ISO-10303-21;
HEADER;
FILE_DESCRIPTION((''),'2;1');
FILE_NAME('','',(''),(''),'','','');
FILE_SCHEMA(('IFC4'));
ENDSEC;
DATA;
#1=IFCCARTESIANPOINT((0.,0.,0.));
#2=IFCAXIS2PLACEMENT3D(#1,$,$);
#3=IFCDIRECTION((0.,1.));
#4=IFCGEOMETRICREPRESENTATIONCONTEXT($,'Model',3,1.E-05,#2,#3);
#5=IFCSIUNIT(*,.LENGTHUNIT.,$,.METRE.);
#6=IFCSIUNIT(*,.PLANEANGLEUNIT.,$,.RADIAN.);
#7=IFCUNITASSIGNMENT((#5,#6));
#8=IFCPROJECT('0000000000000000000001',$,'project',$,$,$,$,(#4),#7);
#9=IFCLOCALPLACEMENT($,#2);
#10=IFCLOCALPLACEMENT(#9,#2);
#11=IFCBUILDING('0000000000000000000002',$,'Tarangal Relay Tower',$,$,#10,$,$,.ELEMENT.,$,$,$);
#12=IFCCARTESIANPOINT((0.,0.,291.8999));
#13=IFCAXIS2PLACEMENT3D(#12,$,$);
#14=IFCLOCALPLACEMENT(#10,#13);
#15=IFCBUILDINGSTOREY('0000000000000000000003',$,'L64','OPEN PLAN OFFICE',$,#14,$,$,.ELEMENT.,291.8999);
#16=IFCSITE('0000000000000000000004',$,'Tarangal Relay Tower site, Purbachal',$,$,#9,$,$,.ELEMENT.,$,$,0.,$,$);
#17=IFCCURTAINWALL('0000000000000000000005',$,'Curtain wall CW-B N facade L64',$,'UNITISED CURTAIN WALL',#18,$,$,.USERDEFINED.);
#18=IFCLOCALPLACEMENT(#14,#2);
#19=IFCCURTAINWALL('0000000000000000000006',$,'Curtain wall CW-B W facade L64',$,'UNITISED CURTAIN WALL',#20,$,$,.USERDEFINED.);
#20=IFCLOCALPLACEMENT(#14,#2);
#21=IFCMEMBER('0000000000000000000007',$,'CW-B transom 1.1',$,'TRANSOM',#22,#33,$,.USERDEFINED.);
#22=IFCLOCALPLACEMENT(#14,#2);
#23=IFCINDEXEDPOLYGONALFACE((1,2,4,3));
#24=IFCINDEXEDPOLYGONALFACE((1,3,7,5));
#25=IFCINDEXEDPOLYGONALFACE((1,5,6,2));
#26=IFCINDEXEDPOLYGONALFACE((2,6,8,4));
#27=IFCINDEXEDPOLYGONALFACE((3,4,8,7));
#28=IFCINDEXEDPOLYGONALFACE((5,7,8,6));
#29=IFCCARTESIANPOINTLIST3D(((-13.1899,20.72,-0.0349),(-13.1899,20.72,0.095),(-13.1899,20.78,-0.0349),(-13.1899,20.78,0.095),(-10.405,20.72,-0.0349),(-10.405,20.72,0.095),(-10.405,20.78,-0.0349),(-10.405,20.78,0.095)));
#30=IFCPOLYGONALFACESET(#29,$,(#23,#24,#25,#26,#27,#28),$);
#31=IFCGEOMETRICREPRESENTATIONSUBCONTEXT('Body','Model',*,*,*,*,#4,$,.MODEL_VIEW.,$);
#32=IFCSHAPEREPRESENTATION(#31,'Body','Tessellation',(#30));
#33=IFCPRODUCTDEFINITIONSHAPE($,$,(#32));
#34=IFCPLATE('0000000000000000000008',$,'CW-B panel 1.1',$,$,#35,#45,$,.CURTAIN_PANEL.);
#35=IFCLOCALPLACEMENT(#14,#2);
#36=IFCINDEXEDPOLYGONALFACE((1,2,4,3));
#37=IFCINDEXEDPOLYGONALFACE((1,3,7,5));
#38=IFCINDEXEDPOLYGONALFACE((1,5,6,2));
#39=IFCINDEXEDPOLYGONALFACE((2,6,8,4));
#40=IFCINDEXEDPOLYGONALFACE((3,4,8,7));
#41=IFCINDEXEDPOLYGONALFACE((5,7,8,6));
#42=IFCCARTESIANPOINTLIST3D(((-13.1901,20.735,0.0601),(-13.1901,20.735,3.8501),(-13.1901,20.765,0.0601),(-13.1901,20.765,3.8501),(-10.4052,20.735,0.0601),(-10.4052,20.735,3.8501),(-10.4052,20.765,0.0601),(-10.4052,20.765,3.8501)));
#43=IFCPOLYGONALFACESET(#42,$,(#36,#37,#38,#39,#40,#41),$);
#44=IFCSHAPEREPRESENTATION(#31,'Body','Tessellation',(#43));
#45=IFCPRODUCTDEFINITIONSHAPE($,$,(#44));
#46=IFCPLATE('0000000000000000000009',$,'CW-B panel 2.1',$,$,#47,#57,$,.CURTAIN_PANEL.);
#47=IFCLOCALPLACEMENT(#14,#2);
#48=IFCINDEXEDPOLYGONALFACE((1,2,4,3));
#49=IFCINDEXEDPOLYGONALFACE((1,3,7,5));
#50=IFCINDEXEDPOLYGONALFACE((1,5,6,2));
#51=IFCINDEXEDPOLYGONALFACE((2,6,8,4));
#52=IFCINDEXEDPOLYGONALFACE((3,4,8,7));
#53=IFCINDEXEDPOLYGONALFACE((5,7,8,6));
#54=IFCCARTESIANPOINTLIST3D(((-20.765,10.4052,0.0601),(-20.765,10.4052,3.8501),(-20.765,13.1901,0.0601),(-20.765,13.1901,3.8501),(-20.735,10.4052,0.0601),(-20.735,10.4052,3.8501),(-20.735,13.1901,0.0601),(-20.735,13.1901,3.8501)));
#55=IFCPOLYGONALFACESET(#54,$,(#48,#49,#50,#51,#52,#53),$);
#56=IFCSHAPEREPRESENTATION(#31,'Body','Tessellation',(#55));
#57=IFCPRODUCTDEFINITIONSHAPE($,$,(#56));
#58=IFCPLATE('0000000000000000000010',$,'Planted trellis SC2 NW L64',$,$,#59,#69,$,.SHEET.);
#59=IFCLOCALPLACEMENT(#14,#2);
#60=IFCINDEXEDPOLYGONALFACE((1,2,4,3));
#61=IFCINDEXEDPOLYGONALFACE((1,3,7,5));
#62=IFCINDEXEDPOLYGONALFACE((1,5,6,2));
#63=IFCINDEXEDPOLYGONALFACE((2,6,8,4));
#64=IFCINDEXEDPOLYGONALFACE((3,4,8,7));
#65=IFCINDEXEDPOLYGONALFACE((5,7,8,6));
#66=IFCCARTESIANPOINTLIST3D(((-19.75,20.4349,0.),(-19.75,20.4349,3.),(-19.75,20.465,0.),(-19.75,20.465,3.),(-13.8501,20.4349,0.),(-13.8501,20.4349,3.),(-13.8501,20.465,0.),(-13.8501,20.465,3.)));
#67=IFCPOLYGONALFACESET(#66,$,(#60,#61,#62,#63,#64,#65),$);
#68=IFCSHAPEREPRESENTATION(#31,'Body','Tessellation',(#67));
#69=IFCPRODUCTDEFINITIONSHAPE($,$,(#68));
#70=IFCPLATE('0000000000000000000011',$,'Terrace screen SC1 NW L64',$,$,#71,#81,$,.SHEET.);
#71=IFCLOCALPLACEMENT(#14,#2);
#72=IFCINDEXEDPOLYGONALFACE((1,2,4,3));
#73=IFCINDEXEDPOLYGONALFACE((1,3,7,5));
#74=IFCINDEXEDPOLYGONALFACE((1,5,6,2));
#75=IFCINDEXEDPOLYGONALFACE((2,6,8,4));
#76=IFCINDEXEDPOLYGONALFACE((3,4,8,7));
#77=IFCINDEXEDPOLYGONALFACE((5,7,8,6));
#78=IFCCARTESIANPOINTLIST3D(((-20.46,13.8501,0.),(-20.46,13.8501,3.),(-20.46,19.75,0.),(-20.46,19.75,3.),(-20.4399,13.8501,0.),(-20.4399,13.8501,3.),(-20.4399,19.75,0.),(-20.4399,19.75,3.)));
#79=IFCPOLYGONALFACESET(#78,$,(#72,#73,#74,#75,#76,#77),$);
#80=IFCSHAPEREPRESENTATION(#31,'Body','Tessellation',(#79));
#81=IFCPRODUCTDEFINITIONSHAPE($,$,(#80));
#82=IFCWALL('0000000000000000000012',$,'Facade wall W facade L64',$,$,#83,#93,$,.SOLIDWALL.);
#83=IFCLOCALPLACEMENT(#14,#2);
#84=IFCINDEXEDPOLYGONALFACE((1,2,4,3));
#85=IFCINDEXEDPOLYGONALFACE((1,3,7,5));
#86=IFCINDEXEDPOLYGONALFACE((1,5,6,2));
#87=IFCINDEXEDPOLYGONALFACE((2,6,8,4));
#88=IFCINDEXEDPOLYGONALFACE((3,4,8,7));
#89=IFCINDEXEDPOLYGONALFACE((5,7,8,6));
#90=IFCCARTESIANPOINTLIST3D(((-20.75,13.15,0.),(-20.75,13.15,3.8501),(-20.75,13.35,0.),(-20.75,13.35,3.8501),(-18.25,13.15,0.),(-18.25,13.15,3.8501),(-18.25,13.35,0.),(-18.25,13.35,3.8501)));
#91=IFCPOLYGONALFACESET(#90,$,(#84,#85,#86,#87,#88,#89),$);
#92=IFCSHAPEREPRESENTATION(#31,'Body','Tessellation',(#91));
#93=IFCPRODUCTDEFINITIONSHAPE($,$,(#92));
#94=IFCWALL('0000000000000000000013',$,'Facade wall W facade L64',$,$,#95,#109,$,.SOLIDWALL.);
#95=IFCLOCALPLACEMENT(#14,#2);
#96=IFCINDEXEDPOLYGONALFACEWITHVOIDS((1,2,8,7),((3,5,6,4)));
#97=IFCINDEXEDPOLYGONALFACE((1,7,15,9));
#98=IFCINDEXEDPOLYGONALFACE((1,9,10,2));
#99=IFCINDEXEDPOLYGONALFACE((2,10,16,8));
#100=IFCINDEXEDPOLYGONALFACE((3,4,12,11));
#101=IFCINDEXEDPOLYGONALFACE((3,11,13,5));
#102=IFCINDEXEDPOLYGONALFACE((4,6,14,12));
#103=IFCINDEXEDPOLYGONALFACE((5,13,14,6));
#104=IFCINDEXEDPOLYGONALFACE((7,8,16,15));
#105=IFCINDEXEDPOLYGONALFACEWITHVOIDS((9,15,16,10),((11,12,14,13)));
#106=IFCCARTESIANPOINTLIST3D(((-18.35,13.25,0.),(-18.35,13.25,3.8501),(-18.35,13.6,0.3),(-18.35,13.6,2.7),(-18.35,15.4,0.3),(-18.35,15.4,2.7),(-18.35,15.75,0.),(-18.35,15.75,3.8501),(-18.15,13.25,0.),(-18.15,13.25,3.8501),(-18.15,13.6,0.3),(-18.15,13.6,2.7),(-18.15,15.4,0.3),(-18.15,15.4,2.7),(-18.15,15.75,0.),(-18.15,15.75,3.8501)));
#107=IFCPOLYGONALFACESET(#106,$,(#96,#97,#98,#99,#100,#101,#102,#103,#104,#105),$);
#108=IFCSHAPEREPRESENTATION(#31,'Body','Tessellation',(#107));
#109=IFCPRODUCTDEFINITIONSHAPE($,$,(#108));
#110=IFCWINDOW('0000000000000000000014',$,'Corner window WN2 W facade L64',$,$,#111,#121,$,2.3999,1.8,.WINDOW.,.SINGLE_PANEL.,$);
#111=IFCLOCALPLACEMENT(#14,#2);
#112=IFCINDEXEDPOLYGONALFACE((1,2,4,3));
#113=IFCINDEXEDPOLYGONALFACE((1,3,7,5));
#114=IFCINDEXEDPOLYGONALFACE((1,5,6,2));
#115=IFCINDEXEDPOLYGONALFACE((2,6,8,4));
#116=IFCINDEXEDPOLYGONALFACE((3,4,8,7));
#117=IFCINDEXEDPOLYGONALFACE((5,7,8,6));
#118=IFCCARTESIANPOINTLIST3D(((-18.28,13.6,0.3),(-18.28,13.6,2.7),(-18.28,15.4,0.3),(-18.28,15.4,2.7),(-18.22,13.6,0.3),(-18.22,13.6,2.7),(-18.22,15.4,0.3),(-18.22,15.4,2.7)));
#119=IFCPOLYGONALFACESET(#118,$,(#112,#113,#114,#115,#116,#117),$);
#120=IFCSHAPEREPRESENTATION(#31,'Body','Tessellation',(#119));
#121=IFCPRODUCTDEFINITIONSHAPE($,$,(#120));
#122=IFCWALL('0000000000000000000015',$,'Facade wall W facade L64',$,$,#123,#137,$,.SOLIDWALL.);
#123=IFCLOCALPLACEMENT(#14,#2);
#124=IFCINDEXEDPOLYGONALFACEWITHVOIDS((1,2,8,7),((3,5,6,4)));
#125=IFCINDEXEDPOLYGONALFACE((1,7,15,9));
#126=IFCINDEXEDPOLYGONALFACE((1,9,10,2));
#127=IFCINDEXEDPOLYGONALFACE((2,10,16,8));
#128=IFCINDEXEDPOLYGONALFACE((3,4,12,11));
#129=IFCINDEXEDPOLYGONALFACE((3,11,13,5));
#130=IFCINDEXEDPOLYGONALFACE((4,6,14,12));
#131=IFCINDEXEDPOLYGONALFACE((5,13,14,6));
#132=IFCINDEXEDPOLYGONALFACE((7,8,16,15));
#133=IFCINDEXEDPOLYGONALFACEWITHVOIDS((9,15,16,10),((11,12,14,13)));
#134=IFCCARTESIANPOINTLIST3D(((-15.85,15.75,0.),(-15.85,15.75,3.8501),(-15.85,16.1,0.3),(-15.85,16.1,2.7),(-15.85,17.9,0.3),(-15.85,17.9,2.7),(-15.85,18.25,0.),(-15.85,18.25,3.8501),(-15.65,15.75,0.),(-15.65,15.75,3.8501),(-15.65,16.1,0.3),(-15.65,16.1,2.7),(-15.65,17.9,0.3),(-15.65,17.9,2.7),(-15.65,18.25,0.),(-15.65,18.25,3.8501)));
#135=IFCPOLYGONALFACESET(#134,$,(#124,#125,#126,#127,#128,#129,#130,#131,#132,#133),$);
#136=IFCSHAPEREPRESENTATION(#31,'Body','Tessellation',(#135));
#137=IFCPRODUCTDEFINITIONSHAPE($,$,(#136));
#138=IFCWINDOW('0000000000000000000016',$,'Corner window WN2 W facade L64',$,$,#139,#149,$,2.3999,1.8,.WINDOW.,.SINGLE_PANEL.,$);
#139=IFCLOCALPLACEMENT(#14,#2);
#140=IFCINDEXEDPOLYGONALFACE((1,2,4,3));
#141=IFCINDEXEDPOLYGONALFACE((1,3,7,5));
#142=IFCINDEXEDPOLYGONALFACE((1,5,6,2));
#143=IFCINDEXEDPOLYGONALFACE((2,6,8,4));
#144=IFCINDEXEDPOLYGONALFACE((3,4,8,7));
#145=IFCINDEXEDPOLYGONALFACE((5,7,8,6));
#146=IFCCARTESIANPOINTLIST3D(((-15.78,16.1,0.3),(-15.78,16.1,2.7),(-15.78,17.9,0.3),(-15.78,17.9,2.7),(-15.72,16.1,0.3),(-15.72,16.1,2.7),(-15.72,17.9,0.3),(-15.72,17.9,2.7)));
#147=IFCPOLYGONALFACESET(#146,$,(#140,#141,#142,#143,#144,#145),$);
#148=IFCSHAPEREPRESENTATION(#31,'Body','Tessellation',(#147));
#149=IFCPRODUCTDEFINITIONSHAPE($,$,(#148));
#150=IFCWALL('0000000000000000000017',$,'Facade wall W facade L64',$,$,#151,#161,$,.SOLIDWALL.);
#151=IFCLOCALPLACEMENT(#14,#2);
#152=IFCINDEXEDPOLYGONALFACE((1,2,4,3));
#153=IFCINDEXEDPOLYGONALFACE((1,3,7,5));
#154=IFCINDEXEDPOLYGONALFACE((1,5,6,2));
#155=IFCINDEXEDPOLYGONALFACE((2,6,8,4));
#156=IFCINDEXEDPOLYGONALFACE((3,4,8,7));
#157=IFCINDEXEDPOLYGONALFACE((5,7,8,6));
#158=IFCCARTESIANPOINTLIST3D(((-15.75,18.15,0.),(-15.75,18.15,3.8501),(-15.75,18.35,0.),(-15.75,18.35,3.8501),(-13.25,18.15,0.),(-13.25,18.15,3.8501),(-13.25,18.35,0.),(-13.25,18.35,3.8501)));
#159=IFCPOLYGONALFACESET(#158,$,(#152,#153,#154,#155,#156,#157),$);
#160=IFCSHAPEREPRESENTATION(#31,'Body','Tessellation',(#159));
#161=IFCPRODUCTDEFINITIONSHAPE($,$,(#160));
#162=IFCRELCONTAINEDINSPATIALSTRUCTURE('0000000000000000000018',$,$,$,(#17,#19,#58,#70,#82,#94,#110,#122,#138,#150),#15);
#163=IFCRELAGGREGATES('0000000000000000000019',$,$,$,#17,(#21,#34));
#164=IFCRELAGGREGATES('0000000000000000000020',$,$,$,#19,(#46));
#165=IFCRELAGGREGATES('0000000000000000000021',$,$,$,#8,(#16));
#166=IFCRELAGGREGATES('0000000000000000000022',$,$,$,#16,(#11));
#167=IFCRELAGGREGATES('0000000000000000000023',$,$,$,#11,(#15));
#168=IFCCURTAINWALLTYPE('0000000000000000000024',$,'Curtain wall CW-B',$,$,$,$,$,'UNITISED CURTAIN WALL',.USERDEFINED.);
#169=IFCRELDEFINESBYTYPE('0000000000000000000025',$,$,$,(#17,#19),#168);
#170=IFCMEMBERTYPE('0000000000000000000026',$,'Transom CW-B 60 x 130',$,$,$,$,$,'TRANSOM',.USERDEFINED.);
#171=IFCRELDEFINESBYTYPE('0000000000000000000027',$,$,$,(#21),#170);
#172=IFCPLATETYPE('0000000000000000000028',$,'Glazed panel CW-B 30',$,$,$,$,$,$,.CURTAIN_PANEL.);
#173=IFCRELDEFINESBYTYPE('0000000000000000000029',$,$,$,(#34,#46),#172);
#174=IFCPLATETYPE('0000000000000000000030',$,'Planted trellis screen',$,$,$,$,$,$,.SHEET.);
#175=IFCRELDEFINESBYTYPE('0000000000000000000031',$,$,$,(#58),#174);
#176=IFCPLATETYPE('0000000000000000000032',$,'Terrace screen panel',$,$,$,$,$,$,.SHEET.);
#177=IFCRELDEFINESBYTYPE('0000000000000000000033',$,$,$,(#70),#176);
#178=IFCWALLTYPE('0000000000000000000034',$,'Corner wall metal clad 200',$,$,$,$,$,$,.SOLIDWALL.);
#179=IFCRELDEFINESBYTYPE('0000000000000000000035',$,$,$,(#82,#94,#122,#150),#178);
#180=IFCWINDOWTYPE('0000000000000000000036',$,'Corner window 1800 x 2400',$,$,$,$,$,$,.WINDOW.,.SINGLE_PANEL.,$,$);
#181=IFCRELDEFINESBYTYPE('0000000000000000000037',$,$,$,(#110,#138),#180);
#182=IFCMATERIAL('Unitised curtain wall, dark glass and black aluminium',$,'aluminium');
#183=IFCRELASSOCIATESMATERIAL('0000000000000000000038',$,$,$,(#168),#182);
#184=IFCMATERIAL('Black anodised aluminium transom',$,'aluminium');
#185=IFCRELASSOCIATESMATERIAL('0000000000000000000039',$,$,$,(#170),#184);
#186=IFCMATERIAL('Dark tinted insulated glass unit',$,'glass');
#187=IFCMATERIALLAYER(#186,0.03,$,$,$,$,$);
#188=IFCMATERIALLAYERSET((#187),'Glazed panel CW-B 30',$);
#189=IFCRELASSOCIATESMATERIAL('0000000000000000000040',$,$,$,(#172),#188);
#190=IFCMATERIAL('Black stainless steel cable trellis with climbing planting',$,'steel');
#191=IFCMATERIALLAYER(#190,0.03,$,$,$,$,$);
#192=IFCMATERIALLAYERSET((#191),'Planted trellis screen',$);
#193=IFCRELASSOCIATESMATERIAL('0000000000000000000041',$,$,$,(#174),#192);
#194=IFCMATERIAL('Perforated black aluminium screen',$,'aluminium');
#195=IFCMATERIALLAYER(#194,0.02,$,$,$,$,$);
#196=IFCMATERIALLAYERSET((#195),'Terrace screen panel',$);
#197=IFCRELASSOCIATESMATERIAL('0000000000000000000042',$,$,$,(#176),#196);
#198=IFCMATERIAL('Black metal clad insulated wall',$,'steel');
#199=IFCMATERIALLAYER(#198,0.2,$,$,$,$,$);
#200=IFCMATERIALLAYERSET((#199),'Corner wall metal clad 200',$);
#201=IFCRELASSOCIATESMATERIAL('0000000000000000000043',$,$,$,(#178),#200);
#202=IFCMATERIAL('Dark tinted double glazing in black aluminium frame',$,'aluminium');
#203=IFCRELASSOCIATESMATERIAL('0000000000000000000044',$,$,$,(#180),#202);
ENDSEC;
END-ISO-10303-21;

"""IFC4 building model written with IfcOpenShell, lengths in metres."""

from ifc_helpers import new_model, si_unit, direction, frame, frame_2d, origin, origin_2d, place, context, subcontext, project, spatial, rectangle, extrude, material, layer, layer_set, material_profile, profile_set, type_object, element, fill, aggregate, save


model = new_model("IFC4")

# Units and contexts
model_context = context("Model", 3, precision=1e-05, world=origin(), true_north=direction((0.0, 1.0)))
body_context = subcontext(model_context, "Body", "Model", "MODEL_VIEW")
ifc_project = project(units=[si_unit("LENGTHUNIT", "METRE"), si_unit("PLANEANGLEUNIT", "RADIAN")], contexts=[model_context])

# Site, building, storey
site_placement = place(None, origin())
site = spatial("IfcSite", under=ifc_project, at=site_placement, Name="Tarangal Relay Tower site, Purbachal", CompositionType="ELEMENT", RefElevation=0.0)
building_placement = place(site_placement, origin())
building = spatial("IfcBuilding", under=site, at=building_placement, Name="Tarangal Relay Tower", CompositionType="ELEMENT")
storey_placement = place(building_placement, frame((0.0, 0.0, 291.8999)))
storey = spatial("IfcBuildingStorey", under=building, at=storey_placement, Name="L64", Description="OPEN PLAN OFFICE", CompositionType="ELEMENT", Elevation=291.8999)

# Curtain walls
ifc_material_1 = material(Name="Unitised curtain wall, dark glass and black aluminium", Category="aluminium")
curtain_wall_type = type_object("IfcCurtainWallType", Name="Curtain wall CW-B", ElementType="UNITISED CURTAIN WALL", PredefinedType="USERDEFINED", material=ifc_material_1)
curtain_wall_1_placement = place(storey_placement, origin())
curtain_wall_1 = element("IfcCurtainWall", 1, at=curtain_wall_1_placement, inside=storey, type_object=curtain_wall_type, Name="Curtain wall CW-B N facade L64", ObjectType="UNITISED CURTAIN WALL", PredefinedType="USERDEFINED")
curtain_wall_2_placement = place(storey_placement, origin())
curtain_wall_2 = element("IfcCurtainWall", 2, at=curtain_wall_2_placement, inside=storey, type_object=curtain_wall_type, Name="Curtain wall CW-B W facade L64", ObjectType="UNITISED CURTAIN WALL", PredefinedType="USERDEFINED")

# Member
ifc_material_2 = material(Name="Black anodised aluminium transom", Category="aluminium")
ifc_material_profile_1 = material_profile(ifc_material_2, rectangle(XDim=0.0601, YDim=0.1299, at=origin_2d()), Name="CW-BT 60X130")
ifc_profile_set_1 = profile_set([ifc_material_profile_1], Name="Black anodised aluminium transom")
member_type_1 = type_object("IfcMemberType", Name="Transom CW-B 60 x 130", ElementType="TRANSOM", PredefinedType="USERDEFINED", material=ifc_profile_set_1)
member_1_placement = place(storey_placement, frame((-13.1899, 20.75, 0.03), z_axis=(1.0, 0.0, 0.0), x_axis=(0.0, 1.0, 0.0)))
member_1 = element("IfcMember", 3, at=member_1_placement, type_object=member_type_1, Name="CW-B transom 1.1", ObjectType="TRANSOM", PredefinedType="USERDEFINED", context=body_context, shape_type="SweptSolid", body=[
    extrude(rectangle(XDim=0.0601, YDim=0.1299, at=origin_2d()), origin(), (0.0, 0.0, 1.0), 2.7849),
])

# Plates
ifc_material_3 = material(Name="Dark tinted insulated glass unit", Category="glass")
ifc_layer_1 = layer(ifc_material_3, 0.03)
ifc_layer_set_1 = layer_set([ifc_layer_1], Name="Glazed panel CW-B 30")
plate_type_1 = type_object("IfcPlateType", Name="Glazed panel CW-B 30", PredefinedType="CURTAIN_PANEL", material=ifc_layer_set_1)
plate_1_placement = place(storey_placement, frame((-11.7976, 20.75, 0.0601), z_axis=(0.0, 0.0, 1.0), x_axis=(1.0, 0.0, 0.0)))
plate_1 = element("IfcPlate", 4, at=plate_1_placement, type_object=plate_type_1, Name="CW-B panel 1.1", PredefinedType="CURTAIN_PANEL", context=body_context, shape_type="SweptSolid", body=[
    extrude(rectangle(XDim=2.7849, YDim=0.03, at=origin_2d()), origin(), (0.0, 0.0, 1.0), 3.79),
])
aggregate(curtain_wall_1, [member_1, plate_1])
plate_2_placement = place(storey_placement, frame((-20.75, 11.7976, 0.0601), z_axis=(0.0, 0.0, 1.0), x_axis=(0.0, 1.0, 0.0)))
plate_2 = element("IfcPlate", 5, at=plate_2_placement, type_object=plate_type_1, Name="CW-B panel 2.1", PredefinedType="CURTAIN_PANEL", context=body_context, shape_type="SweptSolid", body=[
    extrude(rectangle(XDim=2.7849, YDim=0.03, at=origin_2d()), origin(), (0.0, 0.0, 1.0), 3.79),
])
aggregate(curtain_wall_2, [plate_2])

# Plates
ifc_material_4 = material(Name="Black stainless steel cable trellis with climbing planting", Category="steel")
ifc_layer_2 = layer(ifc_material_4, 0.03)
ifc_layer_set_2 = layer_set([ifc_layer_2], Name="Planted trellis screen")
plate_type_2 = type_object("IfcPlateType", Name="Planted trellis screen", PredefinedType="SHEET", material=ifc_layer_set_2)
plate_3_placement = place(storey_placement, frame((-16.8, 20.45, 0.0), z_axis=(0.0, 0.0, 1.0), x_axis=(1.0, 0.0, 0.0)))
element("IfcPlate", 6, at=plate_3_placement, inside=storey, type_object=plate_type_2, Name="Planted trellis SC2 NW L64", PredefinedType="SHEET", context=body_context, shape_type="SweptSolid", body=[
    extrude(rectangle(XDim=5.8999, YDim=0.03, at=origin_2d()), origin(), (0.0, 0.0, 1.0), 3.0),
])
ifc_material_5 = material(Name="Perforated black aluminium screen", Category="aluminium")
ifc_layer_3 = layer(ifc_material_5, 0.02)
ifc_layer_set_3 = layer_set([ifc_layer_3], Name="Terrace screen panel")
plate_type_3 = type_object("IfcPlateType", Name="Terrace screen panel", PredefinedType="SHEET", material=ifc_layer_set_3)
plate_4_placement = place(storey_placement, frame((-20.45, 16.8, 0.0), z_axis=(0.0, 0.0, 1.0), x_axis=(0.0, 1.0, 0.0)))
element("IfcPlate", 7, at=plate_4_placement, inside=storey, type_object=plate_type_3, Name="Terrace screen SC1 NW L64", PredefinedType="SHEET", context=body_context, shape_type="SweptSolid", body=[
    extrude(rectangle(XDim=5.8999, YDim=0.02, at=origin_2d()), origin(), (0.0, 0.0, 1.0), 3.0),
])

# Wall
ifc_material_6 = material(Name="Black metal clad insulated wall", Category="steel")
ifc_layer_4 = layer(ifc_material_6, 0.2)
ifc_layer_set_4 = layer_set([ifc_layer_4], Name="Corner wall metal clad 200")
wall_type_1 = type_object("IfcWallType", Name="Corner wall metal clad 200", PredefinedType="SOLIDWALL", material=ifc_layer_set_4)
wall_1_placement = place(storey_placement, frame((-20.75, 13.25, 0.0), z_axis=(0.0, 0.0, 1.0), x_axis=(1.0, 0.0, 0.0)))
element("IfcWall", 8, at=wall_1_placement, inside=storey, type_object=wall_type_1, Name="Facade wall W facade L64", PredefinedType="SOLIDWALL", context=body_context, shape_type="SweptSolid", body=[
    extrude(rectangle(XDim=2.5, YDim=0.2, at=frame_2d((1.25, 0.0))), origin(), (0.0, 0.0, 1.0), 3.8501),
])

# Wall, opening, window
wall_2_placement = place(storey_placement, frame((-18.25, 13.25, 0.0), z_axis=(0.0, 0.0, 1.0), x_axis=(0.0, 1.0, 0.0)))
wall_2 = element("IfcWall", 9, at=wall_2_placement, inside=storey, type_object=wall_type_1, Name="Facade wall W facade L64", PredefinedType="SOLIDWALL", context=body_context, shape_type="SweptSolid", body=[
    extrude(rectangle(XDim=2.5, YDim=0.2, at=frame_2d((1.25, 0.0))), origin(), (0.0, 0.0, 1.0), 3.8501),
])
opening_1_placement = place(wall_2_placement, frame((0.3501, 0.0, 0.3)))
opening_1 = element("IfcOpeningElement", 10, at=opening_1_placement, cuts=wall_2, PredefinedType="OPENING", context=body_context, shape_type="SweptSolid", body=[
    extrude(rectangle(XDim=1.8, YDim=2.3999, at=frame_2d((0.8999, 1.2))), frame((0.0, 0.1099, 0.0), z_axis=(0.0, -1.0, 0.0), x_axis=(1.0, 0.0, 0.0)), (0.0, 0.0, 1.0), 0.22),
])
ifc_material_7 = material(Name="Dark tinted double glazing in black aluminium frame", Category="aluminium")
window_type = type_object("IfcWindowType", Name="Corner window 1800 x 2400", PartitioningType="SINGLE_PANEL", PredefinedType="WINDOW", material=ifc_material_7)
window_1_placement = place(opening_1_placement, origin())
window_1 = element("IfcWindow", 11, at=window_1_placement, inside=storey, type_object=window_type, Name="Corner window WN2 W facade L64", OverallHeight=2.3999, OverallWidth=1.8, PartitioningType="SINGLE_PANEL", PredefinedType="WINDOW", context=body_context, shape_type="SweptSolid", body=[
    extrude(rectangle(XDim=1.8, YDim=2.3999, at=frame_2d((0.8999, 1.2))), frame((0.0, 0.03, 0.0), z_axis=(0.0, -1.0, 0.0), x_axis=(1.0, 0.0, 0.0)), (0.0, 0.0, 1.0), 0.0601),
])
fill(opening_1, window_1)

# Wall, opening, window
wall_3_placement = place(storey_placement, frame((-15.75, 15.75, 0.0), z_axis=(0.0, 0.0, 1.0), x_axis=(0.0, 1.0, 0.0)))
wall_3 = element("IfcWall", 12, at=wall_3_placement, inside=storey, type_object=wall_type_1, Name="Facade wall W facade L64", PredefinedType="SOLIDWALL", context=body_context, shape_type="SweptSolid", body=[
    extrude(rectangle(XDim=2.5, YDim=0.2, at=frame_2d((1.25, 0.0))), origin(), (0.0, 0.0, 1.0), 3.8501),
])
opening_2_placement = place(wall_3_placement, frame((0.3501, 0.0, 0.3)))
opening_2 = element("IfcOpeningElement", 13, at=opening_2_placement, cuts=wall_3, PredefinedType="OPENING", context=body_context, shape_type="SweptSolid", body=[
    extrude(rectangle(XDim=1.8, YDim=2.3999, at=frame_2d((0.8999, 1.2))), frame((0.0, 0.1099, 0.0), z_axis=(0.0, -1.0, 0.0), x_axis=(1.0, 0.0, 0.0)), (0.0, 0.0, 1.0), 0.22),
])
window_2_placement = place(opening_2_placement, origin())
window_2 = element("IfcWindow", 14, at=window_2_placement, inside=storey, type_object=window_type, Name="Corner window WN2 W facade L64", OverallHeight=2.3999, OverallWidth=1.8, PartitioningType="SINGLE_PANEL", PredefinedType="WINDOW", context=body_context, shape_type="SweptSolid", body=[
    extrude(rectangle(XDim=1.8, YDim=2.3999, at=frame_2d((0.8999, 1.2))), frame((0.0, 0.03, 0.0), z_axis=(0.0, -1.0, 0.0), x_axis=(1.0, 0.0, 0.0)), (0.0, 0.0, 1.0), 0.0601),
])
fill(opening_2, window_2)

# Wall
wall_4_placement = place(storey_placement, frame((-15.75, 18.25, 0.0), z_axis=(0.0, 0.0, 1.0), x_axis=(1.0, 0.0, 0.0)))
element("IfcWall", 15, at=wall_4_placement, inside=storey, type_object=wall_type_1, Name="Facade wall W facade L64", PredefinedType="SOLIDWALL", context=body_context, shape_type="SweptSolid", body=[
    extrude(rectangle(XDim=2.5, YDim=0.2, at=frame_2d((1.25, 0.0))), origin(), (0.0, 0.0, 1.0), 3.8501),
])

save(model, "model.ifc")
